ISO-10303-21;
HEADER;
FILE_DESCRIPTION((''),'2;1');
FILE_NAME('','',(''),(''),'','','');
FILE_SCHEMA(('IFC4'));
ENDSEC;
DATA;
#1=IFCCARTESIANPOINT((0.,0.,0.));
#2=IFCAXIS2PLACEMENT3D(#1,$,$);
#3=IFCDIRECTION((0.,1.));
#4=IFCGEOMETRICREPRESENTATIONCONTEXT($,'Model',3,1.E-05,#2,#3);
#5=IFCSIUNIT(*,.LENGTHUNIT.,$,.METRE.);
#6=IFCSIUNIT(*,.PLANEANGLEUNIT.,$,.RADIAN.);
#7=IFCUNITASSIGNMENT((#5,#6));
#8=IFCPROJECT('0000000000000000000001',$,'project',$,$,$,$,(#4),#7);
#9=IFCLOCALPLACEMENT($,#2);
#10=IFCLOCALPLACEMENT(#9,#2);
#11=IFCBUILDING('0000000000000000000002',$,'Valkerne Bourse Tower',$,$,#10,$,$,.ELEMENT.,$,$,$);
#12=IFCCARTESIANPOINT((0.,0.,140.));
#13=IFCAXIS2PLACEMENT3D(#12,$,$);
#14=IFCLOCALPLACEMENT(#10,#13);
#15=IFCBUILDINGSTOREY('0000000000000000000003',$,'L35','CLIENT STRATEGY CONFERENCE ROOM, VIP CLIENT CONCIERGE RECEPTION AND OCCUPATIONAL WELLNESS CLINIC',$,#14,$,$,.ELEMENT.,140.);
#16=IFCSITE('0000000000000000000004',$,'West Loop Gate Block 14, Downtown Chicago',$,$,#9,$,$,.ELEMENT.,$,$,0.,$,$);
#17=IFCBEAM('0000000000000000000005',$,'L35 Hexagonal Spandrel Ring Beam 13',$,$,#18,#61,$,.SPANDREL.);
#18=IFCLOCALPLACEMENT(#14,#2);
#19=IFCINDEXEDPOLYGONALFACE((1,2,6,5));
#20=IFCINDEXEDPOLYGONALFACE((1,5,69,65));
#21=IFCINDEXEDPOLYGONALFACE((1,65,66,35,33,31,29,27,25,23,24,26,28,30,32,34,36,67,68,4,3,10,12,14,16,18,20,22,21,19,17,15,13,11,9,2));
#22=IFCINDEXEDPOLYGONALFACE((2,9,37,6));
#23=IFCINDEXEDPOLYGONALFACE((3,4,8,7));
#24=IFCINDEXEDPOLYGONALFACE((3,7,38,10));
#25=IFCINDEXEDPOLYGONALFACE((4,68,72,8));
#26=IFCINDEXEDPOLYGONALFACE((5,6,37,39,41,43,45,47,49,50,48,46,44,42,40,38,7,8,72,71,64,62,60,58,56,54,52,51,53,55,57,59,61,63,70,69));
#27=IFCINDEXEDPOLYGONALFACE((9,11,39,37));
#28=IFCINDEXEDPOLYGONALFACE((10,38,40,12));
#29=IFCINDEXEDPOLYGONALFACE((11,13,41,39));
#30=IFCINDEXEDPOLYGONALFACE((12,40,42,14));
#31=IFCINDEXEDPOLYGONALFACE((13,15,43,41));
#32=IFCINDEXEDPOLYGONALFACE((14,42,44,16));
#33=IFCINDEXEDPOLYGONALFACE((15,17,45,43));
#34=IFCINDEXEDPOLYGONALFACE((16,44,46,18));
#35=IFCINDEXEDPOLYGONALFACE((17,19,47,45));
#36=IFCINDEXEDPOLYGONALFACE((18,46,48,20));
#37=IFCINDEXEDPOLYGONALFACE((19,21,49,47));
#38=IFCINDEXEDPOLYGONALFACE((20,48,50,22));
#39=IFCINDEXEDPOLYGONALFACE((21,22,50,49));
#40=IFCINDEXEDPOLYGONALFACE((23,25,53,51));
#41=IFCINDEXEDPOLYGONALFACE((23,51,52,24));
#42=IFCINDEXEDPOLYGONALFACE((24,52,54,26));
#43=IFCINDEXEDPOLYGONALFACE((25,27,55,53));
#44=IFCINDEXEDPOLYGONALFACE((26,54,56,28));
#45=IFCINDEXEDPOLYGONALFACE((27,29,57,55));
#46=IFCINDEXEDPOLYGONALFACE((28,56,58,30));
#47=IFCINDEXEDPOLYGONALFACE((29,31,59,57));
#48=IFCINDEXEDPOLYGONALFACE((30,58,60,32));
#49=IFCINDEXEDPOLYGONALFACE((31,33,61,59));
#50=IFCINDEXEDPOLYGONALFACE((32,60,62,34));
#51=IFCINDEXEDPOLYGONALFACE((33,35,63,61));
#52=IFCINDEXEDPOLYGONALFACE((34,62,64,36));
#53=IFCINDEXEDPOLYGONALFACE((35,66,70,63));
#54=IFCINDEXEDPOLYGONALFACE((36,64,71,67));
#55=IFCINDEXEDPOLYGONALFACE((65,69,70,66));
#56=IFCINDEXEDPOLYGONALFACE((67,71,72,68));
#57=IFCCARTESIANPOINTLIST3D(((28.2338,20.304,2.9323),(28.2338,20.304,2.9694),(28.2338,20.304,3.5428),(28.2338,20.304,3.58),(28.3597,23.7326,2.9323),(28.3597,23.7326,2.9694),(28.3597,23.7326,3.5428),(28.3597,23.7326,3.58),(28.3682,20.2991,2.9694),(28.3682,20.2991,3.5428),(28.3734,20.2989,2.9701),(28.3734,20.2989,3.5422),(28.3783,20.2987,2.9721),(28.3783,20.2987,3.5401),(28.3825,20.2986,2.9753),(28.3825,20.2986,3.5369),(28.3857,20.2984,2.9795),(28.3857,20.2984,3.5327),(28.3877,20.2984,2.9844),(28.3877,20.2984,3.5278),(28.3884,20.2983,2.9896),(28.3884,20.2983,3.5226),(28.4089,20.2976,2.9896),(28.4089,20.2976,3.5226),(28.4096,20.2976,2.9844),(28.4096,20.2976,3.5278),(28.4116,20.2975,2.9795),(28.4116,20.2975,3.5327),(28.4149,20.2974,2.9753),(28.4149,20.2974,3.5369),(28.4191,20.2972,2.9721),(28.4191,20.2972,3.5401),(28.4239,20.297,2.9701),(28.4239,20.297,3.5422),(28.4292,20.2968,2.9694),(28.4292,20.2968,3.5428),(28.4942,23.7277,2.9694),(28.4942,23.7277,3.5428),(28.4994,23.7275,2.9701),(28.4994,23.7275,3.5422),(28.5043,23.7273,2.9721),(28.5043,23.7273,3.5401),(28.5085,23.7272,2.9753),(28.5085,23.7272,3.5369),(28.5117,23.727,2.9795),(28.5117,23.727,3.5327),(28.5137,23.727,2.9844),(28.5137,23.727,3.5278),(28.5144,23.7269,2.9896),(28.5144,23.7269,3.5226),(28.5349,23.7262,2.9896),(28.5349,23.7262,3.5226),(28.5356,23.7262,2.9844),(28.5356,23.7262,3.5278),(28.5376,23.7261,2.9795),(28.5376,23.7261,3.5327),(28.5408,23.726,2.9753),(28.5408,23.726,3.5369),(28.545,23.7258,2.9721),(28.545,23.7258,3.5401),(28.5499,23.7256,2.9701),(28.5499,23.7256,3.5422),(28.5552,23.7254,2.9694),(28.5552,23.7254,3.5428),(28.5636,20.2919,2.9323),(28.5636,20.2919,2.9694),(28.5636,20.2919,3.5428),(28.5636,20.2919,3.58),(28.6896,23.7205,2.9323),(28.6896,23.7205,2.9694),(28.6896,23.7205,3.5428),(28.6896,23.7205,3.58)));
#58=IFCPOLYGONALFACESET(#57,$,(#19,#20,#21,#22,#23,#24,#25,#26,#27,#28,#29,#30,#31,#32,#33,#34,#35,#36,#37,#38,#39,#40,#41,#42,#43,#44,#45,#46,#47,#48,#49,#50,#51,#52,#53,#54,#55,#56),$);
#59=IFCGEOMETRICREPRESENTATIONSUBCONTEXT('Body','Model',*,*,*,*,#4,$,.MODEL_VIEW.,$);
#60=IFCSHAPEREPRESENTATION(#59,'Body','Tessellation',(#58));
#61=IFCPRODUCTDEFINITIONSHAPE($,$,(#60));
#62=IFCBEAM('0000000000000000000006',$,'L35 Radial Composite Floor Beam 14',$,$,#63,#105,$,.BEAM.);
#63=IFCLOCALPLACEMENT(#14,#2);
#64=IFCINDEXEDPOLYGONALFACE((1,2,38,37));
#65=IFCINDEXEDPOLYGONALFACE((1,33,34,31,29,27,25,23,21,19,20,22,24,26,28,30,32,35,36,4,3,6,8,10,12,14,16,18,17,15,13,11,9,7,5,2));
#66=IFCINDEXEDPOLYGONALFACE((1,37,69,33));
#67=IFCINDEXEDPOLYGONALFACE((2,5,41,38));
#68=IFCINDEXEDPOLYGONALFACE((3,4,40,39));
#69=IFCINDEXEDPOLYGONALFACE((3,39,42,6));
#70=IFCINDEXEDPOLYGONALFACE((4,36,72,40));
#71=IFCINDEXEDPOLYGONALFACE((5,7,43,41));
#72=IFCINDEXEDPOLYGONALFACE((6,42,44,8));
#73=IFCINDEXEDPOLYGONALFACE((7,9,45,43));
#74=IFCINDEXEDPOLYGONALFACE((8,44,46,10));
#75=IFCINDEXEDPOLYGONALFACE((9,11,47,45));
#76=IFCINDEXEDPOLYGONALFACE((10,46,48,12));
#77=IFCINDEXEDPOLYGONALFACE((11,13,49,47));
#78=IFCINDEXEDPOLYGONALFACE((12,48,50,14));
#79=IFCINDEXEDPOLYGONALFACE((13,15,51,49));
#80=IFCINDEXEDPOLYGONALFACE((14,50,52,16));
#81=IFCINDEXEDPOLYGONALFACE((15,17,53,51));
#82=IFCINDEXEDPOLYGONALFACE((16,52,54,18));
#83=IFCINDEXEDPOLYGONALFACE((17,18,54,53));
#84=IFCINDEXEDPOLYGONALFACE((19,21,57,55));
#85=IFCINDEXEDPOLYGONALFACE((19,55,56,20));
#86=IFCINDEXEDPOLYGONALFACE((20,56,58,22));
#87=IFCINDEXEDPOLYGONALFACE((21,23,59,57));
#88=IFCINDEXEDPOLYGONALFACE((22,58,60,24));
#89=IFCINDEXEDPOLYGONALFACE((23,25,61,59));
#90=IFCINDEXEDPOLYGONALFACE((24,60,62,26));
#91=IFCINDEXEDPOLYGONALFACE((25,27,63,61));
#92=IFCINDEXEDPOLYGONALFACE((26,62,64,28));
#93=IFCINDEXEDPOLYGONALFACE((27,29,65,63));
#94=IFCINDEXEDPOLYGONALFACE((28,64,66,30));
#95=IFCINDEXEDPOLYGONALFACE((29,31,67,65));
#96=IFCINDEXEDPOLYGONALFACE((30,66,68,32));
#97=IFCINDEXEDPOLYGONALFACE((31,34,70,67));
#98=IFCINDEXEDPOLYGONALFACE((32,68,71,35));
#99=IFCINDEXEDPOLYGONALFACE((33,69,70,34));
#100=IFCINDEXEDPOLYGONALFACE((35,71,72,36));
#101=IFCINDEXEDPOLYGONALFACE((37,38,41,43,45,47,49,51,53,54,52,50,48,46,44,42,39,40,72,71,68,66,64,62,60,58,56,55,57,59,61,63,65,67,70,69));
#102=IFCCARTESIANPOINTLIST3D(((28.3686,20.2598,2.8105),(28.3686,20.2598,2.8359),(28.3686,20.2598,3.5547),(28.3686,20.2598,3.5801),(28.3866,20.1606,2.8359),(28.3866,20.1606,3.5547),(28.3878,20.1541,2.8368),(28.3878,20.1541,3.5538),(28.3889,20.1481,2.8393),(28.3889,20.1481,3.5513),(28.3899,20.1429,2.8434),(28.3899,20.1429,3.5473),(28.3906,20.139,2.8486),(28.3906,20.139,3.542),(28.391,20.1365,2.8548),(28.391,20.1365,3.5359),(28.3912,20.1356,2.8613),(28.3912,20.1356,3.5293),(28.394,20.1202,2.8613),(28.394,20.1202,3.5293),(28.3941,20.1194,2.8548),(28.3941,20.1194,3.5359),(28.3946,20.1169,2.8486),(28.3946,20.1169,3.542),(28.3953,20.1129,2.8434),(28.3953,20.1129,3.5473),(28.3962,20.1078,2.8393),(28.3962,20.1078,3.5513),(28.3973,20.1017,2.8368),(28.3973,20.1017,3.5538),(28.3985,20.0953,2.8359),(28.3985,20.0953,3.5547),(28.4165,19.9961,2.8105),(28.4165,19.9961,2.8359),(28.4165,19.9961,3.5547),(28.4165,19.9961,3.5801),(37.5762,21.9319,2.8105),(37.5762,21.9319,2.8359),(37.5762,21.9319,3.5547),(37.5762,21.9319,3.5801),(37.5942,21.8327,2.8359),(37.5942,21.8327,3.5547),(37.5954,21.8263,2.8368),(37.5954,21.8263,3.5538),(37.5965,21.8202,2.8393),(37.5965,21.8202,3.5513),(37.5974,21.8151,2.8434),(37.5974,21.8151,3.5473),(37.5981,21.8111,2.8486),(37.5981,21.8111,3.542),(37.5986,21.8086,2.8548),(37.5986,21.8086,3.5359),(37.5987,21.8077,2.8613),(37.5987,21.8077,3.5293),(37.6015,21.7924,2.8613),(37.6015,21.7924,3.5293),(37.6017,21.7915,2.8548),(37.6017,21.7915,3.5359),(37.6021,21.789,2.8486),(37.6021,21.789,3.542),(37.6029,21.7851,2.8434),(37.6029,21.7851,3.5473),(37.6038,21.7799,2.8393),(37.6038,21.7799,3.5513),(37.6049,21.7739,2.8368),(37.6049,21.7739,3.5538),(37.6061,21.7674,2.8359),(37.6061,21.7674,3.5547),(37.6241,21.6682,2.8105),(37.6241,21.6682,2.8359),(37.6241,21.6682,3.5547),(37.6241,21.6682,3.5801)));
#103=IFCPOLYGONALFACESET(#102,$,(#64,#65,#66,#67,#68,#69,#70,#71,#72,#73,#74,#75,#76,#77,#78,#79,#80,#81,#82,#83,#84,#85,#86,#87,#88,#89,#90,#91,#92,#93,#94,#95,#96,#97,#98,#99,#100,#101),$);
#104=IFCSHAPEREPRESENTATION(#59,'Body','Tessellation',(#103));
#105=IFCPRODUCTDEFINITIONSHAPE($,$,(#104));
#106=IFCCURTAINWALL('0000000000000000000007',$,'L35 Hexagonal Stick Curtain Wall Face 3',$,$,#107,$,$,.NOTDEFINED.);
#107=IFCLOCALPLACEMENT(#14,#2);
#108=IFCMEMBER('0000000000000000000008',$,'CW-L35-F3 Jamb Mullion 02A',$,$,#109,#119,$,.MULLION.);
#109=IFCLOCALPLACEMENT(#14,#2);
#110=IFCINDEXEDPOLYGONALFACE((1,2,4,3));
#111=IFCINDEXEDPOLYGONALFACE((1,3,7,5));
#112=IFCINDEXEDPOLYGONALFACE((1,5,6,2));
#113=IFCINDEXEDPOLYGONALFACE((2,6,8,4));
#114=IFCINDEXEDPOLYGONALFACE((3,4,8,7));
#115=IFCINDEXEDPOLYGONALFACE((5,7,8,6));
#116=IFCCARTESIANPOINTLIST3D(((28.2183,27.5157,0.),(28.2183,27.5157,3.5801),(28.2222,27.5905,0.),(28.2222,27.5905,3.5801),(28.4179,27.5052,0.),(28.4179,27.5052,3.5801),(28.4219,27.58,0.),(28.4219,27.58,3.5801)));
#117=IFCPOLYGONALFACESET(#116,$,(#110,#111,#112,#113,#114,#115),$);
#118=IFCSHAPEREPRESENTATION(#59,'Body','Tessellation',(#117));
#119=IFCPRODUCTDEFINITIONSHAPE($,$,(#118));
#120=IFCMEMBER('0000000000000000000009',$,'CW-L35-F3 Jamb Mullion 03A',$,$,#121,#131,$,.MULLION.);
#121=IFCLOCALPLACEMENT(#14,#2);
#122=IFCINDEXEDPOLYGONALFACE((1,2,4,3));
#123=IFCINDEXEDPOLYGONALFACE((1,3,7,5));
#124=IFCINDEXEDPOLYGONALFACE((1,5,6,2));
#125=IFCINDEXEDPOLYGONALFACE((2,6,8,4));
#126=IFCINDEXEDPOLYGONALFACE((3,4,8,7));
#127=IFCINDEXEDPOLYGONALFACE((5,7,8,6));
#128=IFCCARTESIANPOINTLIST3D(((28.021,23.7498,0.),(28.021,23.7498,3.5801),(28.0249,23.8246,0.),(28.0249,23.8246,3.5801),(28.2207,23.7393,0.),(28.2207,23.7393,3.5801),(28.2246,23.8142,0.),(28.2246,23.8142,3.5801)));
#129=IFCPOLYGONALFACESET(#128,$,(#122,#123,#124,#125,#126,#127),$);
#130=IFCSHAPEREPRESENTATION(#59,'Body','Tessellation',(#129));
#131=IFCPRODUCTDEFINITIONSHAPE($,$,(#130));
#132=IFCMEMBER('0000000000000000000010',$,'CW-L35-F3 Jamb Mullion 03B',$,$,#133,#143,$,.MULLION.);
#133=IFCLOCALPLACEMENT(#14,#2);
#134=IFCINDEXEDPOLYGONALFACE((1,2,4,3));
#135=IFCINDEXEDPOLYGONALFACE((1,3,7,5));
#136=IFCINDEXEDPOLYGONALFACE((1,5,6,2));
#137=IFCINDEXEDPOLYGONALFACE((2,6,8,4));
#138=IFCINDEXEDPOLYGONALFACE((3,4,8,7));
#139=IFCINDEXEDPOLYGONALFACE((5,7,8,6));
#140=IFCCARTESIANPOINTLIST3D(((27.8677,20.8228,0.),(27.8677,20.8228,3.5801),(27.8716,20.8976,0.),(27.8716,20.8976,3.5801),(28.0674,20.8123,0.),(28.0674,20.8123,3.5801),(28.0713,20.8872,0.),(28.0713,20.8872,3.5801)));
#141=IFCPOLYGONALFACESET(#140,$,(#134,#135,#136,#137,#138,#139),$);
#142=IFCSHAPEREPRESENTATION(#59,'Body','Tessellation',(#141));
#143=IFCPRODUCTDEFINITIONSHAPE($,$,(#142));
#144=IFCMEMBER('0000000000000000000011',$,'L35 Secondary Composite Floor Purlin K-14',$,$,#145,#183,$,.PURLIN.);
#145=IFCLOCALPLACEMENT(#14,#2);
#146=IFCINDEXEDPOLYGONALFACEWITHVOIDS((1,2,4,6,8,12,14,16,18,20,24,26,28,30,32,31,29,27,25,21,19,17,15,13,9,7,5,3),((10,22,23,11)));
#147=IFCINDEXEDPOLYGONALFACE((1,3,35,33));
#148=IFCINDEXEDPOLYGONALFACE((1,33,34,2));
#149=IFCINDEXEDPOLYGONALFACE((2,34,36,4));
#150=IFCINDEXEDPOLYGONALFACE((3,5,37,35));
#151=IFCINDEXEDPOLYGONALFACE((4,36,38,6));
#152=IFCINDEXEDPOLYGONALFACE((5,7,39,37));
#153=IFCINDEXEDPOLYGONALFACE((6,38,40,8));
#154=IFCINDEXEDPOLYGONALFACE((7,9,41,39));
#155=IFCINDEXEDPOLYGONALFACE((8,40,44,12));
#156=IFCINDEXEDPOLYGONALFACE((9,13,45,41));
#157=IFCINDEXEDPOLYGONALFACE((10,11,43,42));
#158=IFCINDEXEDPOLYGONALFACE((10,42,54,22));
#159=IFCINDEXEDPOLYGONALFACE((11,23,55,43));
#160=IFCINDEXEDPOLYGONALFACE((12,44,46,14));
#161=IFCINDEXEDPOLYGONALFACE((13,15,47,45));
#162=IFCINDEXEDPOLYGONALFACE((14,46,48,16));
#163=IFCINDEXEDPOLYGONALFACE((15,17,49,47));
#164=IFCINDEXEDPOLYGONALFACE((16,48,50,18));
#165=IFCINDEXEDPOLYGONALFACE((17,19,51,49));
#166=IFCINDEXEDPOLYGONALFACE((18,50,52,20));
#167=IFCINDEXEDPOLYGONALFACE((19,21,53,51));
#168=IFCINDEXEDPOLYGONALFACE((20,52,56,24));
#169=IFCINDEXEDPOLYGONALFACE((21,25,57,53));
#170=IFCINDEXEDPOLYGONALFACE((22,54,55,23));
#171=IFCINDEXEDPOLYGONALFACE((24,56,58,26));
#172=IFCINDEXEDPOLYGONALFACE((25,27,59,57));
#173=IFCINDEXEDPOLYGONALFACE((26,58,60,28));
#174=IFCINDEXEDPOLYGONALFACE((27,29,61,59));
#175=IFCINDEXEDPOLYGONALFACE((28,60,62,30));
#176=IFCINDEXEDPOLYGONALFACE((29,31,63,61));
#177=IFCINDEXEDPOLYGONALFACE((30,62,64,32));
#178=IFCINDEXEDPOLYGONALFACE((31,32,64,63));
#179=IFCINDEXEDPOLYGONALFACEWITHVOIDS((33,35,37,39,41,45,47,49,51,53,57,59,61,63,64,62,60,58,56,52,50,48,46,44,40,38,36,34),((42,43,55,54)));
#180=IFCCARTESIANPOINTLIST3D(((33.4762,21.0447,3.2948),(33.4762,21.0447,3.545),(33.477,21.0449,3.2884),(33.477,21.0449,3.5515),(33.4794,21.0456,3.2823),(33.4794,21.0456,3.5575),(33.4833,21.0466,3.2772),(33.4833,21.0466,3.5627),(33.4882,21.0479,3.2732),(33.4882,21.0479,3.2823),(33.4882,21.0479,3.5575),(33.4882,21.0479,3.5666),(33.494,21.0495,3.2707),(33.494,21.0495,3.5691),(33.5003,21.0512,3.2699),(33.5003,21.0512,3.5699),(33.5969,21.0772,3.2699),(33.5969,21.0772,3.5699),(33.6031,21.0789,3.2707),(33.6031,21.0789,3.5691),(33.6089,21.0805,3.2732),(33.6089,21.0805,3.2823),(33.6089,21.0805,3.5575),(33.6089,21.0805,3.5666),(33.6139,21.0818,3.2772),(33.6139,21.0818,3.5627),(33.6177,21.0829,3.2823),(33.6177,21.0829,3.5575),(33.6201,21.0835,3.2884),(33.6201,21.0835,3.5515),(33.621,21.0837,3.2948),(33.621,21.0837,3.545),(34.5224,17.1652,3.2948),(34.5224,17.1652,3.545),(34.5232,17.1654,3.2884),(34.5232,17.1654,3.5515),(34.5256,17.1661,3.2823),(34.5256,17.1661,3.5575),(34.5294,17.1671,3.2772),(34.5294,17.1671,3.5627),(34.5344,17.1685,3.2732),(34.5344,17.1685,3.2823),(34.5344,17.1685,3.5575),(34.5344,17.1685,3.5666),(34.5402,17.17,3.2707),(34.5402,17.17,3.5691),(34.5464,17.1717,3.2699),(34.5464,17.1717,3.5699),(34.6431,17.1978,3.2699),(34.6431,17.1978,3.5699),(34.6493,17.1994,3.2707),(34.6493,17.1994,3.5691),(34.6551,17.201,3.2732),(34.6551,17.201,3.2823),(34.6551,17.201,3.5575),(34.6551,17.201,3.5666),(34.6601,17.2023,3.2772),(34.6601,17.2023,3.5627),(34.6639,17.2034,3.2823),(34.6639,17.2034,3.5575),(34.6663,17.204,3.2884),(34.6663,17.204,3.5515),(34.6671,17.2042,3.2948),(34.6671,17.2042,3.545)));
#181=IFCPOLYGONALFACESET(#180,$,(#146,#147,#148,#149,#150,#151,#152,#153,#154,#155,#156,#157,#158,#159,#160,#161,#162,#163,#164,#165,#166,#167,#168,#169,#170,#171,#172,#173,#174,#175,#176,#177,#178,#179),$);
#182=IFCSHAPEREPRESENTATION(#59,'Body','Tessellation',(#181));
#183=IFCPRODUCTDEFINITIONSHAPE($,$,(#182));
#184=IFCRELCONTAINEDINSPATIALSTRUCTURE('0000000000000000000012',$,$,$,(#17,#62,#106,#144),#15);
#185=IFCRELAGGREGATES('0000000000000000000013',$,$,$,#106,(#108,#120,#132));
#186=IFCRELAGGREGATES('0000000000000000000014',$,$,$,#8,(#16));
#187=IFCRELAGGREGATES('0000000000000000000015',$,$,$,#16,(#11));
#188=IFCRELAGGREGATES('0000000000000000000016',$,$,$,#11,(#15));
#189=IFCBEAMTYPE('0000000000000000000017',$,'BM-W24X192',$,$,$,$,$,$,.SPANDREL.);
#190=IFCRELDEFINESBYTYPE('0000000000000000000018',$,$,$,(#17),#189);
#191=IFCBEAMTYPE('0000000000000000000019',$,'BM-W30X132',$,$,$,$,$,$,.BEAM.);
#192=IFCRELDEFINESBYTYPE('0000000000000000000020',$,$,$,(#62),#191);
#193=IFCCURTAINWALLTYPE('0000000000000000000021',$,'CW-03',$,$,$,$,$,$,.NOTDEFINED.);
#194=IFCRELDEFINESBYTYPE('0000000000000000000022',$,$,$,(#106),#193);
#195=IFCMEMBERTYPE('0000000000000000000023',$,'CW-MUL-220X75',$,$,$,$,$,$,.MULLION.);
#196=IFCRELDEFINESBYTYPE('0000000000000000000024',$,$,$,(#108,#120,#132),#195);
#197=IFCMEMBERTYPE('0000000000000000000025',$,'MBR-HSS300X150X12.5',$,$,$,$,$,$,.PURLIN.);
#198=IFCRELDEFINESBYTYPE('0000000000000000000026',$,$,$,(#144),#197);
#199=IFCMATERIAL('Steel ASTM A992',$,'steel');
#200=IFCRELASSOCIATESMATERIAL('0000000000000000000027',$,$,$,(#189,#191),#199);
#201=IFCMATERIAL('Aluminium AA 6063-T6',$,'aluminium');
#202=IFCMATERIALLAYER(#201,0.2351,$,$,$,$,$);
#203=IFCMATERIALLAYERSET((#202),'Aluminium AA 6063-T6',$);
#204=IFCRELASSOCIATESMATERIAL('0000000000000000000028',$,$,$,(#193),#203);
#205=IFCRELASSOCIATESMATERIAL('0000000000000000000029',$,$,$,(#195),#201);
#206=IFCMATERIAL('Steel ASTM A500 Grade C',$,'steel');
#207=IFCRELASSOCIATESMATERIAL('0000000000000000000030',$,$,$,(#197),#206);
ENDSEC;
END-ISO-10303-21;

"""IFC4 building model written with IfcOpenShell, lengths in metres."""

from ifc_helpers import new_model, si_unit, direction, frame, origin, origin_2d, place, context, subcontext, project, spatial, rectangle, hollow_rectangle, i_section, extrude, material, layer, layer_set, material_profile, profile_set, type_object, element, aggregate, save


model = new_model("IFC4")

# Units and contexts
model_context = context("Model", 3, precision=1e-05, world=origin(), true_north=direction((0.0, 1.0)))
body_context = subcontext(model_context, "Body", "Model", "MODEL_VIEW")
ifc_project = project(units=[si_unit("LENGTHUNIT", "METRE"), si_unit("PLANEANGLEUNIT", "RADIAN")], contexts=[model_context])

# Site, building, storey
site_placement = place(None, origin())
site = spatial("IfcSite", under=ifc_project, at=site_placement, Name="West Loop Gate Block 14, Downtown Chicago", CompositionType="ELEMENT", RefElevation=0.0)
building_placement = place(site_placement, origin())
building = spatial("IfcBuilding", under=site, at=building_placement, Name="Valkerne Bourse Tower", CompositionType="ELEMENT")
storey_placement = place(building_placement, frame((0.0, 0.0, 140.0)))
storey = spatial("IfcBuildingStorey", under=building, at=storey_placement, Name="L35", Description="CLIENT STRATEGY CONFERENCE ROOM, VIP CLIENT CONCIERGE RECEPTION AND OCCUPATIONAL WELLNESS CLINIC", CompositionType="ELEMENT", Elevation=140.0)

# Beams
ifc_material_1 = material(Name="Steel ASTM A992", Category="steel")
ifc_material_profile_1 = material_profile(ifc_material_1, i_section(OverallWidth=0.3301, OverallDepth=0.6477, WebThickness=0.0205, FlangeThickness=0.0371, FilletRadius=0.0203, at=origin_2d()), Name="W24X192")
ifc_profile_set_1 = profile_set([ifc_material_profile_1], Name="Steel ASTM A992")
beam_type_1 = type_object("IfcBeamType", Name="BM-W24X192", PredefinedType="SPANDREL", material=ifc_profile_set_1)
beam_1_placement = place(storey_placement, frame((28.5247, 23.7266, 3.2561), z_axis=(-0.036717, -0.999326, 0.0), x_axis=(0.999326, -0.036717, 0.0)))
element("IfcBeam", 1, at=beam_1_placement, inside=storey, type_object=beam_type_1, Name="L35 Hexagonal Spandrel Ring Beam 13", PredefinedType="SPANDREL", context=body_context, shape_type="SweptSolid", body=[
    extrude(i_section(OverallWidth=0.3301, OverallDepth=0.6477, WebThickness=0.0205, FlangeThickness=0.0371, FilletRadius=0.0203, at=origin_2d()), origin(), (0.0, 0.0, 1.0), 3.4309),
])
ifc_material_profile_2 = material_profile(ifc_material_1, i_section(OverallWidth=0.2681, OverallDepth=0.7695, WebThickness=0.0156, FlangeThickness=0.0254, FilletRadius=0.0254, at=origin_2d()), Name="W30X132")
ifc_profile_set_2 = profile_set([ifc_material_profile_2], Name="Steel ASTM A992")
beam_type_2 = type_object("IfcBeamType", Name="BM-W30X132", PredefinedType="BEAM", material=ifc_profile_set_2)
beam_2_placement = place(storey_placement, frame((28.3926, 20.1279, 3.1953), z_axis=(0.983907, 0.178681, 0.0), x_axis=(-0.178681, 0.983907, 0.0)))
element("IfcBeam", 2, at=beam_2_placement, inside=storey, type_object=beam_type_2, Name="L35 Radial Composite Floor Beam 14", PredefinedType="BEAM", context=body_context, shape_type="SweptSolid", body=[
    extrude(i_section(OverallWidth=0.2681, OverallDepth=0.7695, WebThickness=0.0156, FlangeThickness=0.0254, FilletRadius=0.0254, at=origin_2d()), origin(), (0.0, 0.0, 1.0), 9.3582),
])

# Curtain wall, members
ifc_material_2 = material(Name="Aluminium AA 6063-T6", Category="aluminium")
ifc_layer_1 = layer(ifc_material_2, 0.2351)
ifc_layer_set_1 = layer_set([ifc_layer_1], Name="Aluminium AA 6063-T6")
curtain_wall_type = type_object("IfcCurtainWallType", Name="CW-03", PredefinedType="NOTDEFINED", material=ifc_layer_set_1)
curtain_wall_placement = place(storey_placement, origin())
curtain_wall = element("IfcCurtainWall", 3, at=curtain_wall_placement, inside=storey, type_object=curtain_wall_type, Name="L35 Hexagonal Stick Curtain Wall Face 3", PredefinedType="NOTDEFINED")
ifc_material_profile_3 = material_profile(ifc_material_2, rectangle(XDim=0.075, YDim=0.2, at=origin_2d()), Name="CWM-75X200")
ifc_profile_set_3 = profile_set([ifc_material_profile_3], Name="Aluminium AA 6063-T6")
member_type_1 = type_object("IfcMemberType", Name="CW-MUL-220X75", PredefinedType="MULLION", material=ifc_profile_set_3)
member_1_placement = place(storey_placement, frame((28.3201, 27.5479, 0.0), z_axis=(0.0, 0.0, 1.0), x_axis=(-0.052321, -0.99863, 0.0)))
member_1 = element("IfcMember", 4, at=member_1_placement, type_object=member_type_1, Name="CW-L35-F3 Jamb Mullion 02A", PredefinedType="MULLION", context=body_context, shape_type="SweptSolid", body=[
    extrude(rectangle(XDim=0.075, YDim=0.2, at=origin_2d()), origin(), (0.0, 0.0, 1.0), 3.5801),
])
member_2_placement = place(storey_placement, frame((28.1228, 23.782, 0.0), z_axis=(0.0, 0.0, 1.0), x_axis=(-0.052347, -0.998629, 0.0)))
member_2 = element("IfcMember", 5, at=member_2_placement, type_object=member_type_1, Name="CW-L35-F3 Jamb Mullion 03A", PredefinedType="MULLION", context=body_context, shape_type="SweptSolid", body=[
    extrude(rectangle(XDim=0.075, YDim=0.2, at=origin_2d()), origin(), (0.0, 0.0, 1.0), 3.5801),
])
member_3_placement = place(storey_placement, frame((27.9695, 20.855, 0.0), z_axis=(0.0, 0.0, 1.0), x_axis=(-0.052347, -0.998629, 0.0)))
member_3 = element("IfcMember", 6, at=member_3_placement, type_object=member_type_1, Name="CW-L35-F3 Jamb Mullion 03B", PredefinedType="MULLION", context=body_context, shape_type="SweptSolid", body=[
    extrude(rectangle(XDim=0.075, YDim=0.2, at=origin_2d()), origin(), (0.0, 0.0, 1.0), 3.5801),
])

# Member
ifc_material_3 = material(Name="Steel ASTM A500 Grade C", Category="steel")
ifc_material_profile_4 = material_profile(ifc_material_3, hollow_rectangle(XDim=0.1499, YDim=0.3, WallThickness=0.0125, OuterFilletRadius=0.0249, at=origin_2d()), Name="HSS300X150X12.5")
ifc_profile_set_4 = profile_set([ifc_material_profile_4], Name="Steel ASTM A500 Grade C")
member_type_2 = type_object("IfcMemberType", Name="MBR-HSS300X150X12.5", PredefinedType="PURLIN", material=ifc_profile_set_4)
member_4_placement = place(storey_placement, frame((33.5486, 21.0642, 3.4199), z_axis=(0.260366, -0.96551, 0.0), x_axis=(0.96551, 0.260366, 0.0)))
element("IfcMember", 7, at=member_4_placement, inside=storey, type_object=member_type_2, Name="L35 Secondary Composite Floor Purlin K-14", PredefinedType="PURLIN", context=body_context, shape_type="SweptSolid", body=[
    extrude(hollow_rectangle(XDim=0.1499, YDim=0.3, WallThickness=0.0125, OuterFilletRadius=0.0249, at=origin_2d()), origin(), (0.0, 0.0, 1.0), 4.0181),
])

aggregate(curtain_wall, [member_1, member_2, member_3])

save(model, "model.ifc")
